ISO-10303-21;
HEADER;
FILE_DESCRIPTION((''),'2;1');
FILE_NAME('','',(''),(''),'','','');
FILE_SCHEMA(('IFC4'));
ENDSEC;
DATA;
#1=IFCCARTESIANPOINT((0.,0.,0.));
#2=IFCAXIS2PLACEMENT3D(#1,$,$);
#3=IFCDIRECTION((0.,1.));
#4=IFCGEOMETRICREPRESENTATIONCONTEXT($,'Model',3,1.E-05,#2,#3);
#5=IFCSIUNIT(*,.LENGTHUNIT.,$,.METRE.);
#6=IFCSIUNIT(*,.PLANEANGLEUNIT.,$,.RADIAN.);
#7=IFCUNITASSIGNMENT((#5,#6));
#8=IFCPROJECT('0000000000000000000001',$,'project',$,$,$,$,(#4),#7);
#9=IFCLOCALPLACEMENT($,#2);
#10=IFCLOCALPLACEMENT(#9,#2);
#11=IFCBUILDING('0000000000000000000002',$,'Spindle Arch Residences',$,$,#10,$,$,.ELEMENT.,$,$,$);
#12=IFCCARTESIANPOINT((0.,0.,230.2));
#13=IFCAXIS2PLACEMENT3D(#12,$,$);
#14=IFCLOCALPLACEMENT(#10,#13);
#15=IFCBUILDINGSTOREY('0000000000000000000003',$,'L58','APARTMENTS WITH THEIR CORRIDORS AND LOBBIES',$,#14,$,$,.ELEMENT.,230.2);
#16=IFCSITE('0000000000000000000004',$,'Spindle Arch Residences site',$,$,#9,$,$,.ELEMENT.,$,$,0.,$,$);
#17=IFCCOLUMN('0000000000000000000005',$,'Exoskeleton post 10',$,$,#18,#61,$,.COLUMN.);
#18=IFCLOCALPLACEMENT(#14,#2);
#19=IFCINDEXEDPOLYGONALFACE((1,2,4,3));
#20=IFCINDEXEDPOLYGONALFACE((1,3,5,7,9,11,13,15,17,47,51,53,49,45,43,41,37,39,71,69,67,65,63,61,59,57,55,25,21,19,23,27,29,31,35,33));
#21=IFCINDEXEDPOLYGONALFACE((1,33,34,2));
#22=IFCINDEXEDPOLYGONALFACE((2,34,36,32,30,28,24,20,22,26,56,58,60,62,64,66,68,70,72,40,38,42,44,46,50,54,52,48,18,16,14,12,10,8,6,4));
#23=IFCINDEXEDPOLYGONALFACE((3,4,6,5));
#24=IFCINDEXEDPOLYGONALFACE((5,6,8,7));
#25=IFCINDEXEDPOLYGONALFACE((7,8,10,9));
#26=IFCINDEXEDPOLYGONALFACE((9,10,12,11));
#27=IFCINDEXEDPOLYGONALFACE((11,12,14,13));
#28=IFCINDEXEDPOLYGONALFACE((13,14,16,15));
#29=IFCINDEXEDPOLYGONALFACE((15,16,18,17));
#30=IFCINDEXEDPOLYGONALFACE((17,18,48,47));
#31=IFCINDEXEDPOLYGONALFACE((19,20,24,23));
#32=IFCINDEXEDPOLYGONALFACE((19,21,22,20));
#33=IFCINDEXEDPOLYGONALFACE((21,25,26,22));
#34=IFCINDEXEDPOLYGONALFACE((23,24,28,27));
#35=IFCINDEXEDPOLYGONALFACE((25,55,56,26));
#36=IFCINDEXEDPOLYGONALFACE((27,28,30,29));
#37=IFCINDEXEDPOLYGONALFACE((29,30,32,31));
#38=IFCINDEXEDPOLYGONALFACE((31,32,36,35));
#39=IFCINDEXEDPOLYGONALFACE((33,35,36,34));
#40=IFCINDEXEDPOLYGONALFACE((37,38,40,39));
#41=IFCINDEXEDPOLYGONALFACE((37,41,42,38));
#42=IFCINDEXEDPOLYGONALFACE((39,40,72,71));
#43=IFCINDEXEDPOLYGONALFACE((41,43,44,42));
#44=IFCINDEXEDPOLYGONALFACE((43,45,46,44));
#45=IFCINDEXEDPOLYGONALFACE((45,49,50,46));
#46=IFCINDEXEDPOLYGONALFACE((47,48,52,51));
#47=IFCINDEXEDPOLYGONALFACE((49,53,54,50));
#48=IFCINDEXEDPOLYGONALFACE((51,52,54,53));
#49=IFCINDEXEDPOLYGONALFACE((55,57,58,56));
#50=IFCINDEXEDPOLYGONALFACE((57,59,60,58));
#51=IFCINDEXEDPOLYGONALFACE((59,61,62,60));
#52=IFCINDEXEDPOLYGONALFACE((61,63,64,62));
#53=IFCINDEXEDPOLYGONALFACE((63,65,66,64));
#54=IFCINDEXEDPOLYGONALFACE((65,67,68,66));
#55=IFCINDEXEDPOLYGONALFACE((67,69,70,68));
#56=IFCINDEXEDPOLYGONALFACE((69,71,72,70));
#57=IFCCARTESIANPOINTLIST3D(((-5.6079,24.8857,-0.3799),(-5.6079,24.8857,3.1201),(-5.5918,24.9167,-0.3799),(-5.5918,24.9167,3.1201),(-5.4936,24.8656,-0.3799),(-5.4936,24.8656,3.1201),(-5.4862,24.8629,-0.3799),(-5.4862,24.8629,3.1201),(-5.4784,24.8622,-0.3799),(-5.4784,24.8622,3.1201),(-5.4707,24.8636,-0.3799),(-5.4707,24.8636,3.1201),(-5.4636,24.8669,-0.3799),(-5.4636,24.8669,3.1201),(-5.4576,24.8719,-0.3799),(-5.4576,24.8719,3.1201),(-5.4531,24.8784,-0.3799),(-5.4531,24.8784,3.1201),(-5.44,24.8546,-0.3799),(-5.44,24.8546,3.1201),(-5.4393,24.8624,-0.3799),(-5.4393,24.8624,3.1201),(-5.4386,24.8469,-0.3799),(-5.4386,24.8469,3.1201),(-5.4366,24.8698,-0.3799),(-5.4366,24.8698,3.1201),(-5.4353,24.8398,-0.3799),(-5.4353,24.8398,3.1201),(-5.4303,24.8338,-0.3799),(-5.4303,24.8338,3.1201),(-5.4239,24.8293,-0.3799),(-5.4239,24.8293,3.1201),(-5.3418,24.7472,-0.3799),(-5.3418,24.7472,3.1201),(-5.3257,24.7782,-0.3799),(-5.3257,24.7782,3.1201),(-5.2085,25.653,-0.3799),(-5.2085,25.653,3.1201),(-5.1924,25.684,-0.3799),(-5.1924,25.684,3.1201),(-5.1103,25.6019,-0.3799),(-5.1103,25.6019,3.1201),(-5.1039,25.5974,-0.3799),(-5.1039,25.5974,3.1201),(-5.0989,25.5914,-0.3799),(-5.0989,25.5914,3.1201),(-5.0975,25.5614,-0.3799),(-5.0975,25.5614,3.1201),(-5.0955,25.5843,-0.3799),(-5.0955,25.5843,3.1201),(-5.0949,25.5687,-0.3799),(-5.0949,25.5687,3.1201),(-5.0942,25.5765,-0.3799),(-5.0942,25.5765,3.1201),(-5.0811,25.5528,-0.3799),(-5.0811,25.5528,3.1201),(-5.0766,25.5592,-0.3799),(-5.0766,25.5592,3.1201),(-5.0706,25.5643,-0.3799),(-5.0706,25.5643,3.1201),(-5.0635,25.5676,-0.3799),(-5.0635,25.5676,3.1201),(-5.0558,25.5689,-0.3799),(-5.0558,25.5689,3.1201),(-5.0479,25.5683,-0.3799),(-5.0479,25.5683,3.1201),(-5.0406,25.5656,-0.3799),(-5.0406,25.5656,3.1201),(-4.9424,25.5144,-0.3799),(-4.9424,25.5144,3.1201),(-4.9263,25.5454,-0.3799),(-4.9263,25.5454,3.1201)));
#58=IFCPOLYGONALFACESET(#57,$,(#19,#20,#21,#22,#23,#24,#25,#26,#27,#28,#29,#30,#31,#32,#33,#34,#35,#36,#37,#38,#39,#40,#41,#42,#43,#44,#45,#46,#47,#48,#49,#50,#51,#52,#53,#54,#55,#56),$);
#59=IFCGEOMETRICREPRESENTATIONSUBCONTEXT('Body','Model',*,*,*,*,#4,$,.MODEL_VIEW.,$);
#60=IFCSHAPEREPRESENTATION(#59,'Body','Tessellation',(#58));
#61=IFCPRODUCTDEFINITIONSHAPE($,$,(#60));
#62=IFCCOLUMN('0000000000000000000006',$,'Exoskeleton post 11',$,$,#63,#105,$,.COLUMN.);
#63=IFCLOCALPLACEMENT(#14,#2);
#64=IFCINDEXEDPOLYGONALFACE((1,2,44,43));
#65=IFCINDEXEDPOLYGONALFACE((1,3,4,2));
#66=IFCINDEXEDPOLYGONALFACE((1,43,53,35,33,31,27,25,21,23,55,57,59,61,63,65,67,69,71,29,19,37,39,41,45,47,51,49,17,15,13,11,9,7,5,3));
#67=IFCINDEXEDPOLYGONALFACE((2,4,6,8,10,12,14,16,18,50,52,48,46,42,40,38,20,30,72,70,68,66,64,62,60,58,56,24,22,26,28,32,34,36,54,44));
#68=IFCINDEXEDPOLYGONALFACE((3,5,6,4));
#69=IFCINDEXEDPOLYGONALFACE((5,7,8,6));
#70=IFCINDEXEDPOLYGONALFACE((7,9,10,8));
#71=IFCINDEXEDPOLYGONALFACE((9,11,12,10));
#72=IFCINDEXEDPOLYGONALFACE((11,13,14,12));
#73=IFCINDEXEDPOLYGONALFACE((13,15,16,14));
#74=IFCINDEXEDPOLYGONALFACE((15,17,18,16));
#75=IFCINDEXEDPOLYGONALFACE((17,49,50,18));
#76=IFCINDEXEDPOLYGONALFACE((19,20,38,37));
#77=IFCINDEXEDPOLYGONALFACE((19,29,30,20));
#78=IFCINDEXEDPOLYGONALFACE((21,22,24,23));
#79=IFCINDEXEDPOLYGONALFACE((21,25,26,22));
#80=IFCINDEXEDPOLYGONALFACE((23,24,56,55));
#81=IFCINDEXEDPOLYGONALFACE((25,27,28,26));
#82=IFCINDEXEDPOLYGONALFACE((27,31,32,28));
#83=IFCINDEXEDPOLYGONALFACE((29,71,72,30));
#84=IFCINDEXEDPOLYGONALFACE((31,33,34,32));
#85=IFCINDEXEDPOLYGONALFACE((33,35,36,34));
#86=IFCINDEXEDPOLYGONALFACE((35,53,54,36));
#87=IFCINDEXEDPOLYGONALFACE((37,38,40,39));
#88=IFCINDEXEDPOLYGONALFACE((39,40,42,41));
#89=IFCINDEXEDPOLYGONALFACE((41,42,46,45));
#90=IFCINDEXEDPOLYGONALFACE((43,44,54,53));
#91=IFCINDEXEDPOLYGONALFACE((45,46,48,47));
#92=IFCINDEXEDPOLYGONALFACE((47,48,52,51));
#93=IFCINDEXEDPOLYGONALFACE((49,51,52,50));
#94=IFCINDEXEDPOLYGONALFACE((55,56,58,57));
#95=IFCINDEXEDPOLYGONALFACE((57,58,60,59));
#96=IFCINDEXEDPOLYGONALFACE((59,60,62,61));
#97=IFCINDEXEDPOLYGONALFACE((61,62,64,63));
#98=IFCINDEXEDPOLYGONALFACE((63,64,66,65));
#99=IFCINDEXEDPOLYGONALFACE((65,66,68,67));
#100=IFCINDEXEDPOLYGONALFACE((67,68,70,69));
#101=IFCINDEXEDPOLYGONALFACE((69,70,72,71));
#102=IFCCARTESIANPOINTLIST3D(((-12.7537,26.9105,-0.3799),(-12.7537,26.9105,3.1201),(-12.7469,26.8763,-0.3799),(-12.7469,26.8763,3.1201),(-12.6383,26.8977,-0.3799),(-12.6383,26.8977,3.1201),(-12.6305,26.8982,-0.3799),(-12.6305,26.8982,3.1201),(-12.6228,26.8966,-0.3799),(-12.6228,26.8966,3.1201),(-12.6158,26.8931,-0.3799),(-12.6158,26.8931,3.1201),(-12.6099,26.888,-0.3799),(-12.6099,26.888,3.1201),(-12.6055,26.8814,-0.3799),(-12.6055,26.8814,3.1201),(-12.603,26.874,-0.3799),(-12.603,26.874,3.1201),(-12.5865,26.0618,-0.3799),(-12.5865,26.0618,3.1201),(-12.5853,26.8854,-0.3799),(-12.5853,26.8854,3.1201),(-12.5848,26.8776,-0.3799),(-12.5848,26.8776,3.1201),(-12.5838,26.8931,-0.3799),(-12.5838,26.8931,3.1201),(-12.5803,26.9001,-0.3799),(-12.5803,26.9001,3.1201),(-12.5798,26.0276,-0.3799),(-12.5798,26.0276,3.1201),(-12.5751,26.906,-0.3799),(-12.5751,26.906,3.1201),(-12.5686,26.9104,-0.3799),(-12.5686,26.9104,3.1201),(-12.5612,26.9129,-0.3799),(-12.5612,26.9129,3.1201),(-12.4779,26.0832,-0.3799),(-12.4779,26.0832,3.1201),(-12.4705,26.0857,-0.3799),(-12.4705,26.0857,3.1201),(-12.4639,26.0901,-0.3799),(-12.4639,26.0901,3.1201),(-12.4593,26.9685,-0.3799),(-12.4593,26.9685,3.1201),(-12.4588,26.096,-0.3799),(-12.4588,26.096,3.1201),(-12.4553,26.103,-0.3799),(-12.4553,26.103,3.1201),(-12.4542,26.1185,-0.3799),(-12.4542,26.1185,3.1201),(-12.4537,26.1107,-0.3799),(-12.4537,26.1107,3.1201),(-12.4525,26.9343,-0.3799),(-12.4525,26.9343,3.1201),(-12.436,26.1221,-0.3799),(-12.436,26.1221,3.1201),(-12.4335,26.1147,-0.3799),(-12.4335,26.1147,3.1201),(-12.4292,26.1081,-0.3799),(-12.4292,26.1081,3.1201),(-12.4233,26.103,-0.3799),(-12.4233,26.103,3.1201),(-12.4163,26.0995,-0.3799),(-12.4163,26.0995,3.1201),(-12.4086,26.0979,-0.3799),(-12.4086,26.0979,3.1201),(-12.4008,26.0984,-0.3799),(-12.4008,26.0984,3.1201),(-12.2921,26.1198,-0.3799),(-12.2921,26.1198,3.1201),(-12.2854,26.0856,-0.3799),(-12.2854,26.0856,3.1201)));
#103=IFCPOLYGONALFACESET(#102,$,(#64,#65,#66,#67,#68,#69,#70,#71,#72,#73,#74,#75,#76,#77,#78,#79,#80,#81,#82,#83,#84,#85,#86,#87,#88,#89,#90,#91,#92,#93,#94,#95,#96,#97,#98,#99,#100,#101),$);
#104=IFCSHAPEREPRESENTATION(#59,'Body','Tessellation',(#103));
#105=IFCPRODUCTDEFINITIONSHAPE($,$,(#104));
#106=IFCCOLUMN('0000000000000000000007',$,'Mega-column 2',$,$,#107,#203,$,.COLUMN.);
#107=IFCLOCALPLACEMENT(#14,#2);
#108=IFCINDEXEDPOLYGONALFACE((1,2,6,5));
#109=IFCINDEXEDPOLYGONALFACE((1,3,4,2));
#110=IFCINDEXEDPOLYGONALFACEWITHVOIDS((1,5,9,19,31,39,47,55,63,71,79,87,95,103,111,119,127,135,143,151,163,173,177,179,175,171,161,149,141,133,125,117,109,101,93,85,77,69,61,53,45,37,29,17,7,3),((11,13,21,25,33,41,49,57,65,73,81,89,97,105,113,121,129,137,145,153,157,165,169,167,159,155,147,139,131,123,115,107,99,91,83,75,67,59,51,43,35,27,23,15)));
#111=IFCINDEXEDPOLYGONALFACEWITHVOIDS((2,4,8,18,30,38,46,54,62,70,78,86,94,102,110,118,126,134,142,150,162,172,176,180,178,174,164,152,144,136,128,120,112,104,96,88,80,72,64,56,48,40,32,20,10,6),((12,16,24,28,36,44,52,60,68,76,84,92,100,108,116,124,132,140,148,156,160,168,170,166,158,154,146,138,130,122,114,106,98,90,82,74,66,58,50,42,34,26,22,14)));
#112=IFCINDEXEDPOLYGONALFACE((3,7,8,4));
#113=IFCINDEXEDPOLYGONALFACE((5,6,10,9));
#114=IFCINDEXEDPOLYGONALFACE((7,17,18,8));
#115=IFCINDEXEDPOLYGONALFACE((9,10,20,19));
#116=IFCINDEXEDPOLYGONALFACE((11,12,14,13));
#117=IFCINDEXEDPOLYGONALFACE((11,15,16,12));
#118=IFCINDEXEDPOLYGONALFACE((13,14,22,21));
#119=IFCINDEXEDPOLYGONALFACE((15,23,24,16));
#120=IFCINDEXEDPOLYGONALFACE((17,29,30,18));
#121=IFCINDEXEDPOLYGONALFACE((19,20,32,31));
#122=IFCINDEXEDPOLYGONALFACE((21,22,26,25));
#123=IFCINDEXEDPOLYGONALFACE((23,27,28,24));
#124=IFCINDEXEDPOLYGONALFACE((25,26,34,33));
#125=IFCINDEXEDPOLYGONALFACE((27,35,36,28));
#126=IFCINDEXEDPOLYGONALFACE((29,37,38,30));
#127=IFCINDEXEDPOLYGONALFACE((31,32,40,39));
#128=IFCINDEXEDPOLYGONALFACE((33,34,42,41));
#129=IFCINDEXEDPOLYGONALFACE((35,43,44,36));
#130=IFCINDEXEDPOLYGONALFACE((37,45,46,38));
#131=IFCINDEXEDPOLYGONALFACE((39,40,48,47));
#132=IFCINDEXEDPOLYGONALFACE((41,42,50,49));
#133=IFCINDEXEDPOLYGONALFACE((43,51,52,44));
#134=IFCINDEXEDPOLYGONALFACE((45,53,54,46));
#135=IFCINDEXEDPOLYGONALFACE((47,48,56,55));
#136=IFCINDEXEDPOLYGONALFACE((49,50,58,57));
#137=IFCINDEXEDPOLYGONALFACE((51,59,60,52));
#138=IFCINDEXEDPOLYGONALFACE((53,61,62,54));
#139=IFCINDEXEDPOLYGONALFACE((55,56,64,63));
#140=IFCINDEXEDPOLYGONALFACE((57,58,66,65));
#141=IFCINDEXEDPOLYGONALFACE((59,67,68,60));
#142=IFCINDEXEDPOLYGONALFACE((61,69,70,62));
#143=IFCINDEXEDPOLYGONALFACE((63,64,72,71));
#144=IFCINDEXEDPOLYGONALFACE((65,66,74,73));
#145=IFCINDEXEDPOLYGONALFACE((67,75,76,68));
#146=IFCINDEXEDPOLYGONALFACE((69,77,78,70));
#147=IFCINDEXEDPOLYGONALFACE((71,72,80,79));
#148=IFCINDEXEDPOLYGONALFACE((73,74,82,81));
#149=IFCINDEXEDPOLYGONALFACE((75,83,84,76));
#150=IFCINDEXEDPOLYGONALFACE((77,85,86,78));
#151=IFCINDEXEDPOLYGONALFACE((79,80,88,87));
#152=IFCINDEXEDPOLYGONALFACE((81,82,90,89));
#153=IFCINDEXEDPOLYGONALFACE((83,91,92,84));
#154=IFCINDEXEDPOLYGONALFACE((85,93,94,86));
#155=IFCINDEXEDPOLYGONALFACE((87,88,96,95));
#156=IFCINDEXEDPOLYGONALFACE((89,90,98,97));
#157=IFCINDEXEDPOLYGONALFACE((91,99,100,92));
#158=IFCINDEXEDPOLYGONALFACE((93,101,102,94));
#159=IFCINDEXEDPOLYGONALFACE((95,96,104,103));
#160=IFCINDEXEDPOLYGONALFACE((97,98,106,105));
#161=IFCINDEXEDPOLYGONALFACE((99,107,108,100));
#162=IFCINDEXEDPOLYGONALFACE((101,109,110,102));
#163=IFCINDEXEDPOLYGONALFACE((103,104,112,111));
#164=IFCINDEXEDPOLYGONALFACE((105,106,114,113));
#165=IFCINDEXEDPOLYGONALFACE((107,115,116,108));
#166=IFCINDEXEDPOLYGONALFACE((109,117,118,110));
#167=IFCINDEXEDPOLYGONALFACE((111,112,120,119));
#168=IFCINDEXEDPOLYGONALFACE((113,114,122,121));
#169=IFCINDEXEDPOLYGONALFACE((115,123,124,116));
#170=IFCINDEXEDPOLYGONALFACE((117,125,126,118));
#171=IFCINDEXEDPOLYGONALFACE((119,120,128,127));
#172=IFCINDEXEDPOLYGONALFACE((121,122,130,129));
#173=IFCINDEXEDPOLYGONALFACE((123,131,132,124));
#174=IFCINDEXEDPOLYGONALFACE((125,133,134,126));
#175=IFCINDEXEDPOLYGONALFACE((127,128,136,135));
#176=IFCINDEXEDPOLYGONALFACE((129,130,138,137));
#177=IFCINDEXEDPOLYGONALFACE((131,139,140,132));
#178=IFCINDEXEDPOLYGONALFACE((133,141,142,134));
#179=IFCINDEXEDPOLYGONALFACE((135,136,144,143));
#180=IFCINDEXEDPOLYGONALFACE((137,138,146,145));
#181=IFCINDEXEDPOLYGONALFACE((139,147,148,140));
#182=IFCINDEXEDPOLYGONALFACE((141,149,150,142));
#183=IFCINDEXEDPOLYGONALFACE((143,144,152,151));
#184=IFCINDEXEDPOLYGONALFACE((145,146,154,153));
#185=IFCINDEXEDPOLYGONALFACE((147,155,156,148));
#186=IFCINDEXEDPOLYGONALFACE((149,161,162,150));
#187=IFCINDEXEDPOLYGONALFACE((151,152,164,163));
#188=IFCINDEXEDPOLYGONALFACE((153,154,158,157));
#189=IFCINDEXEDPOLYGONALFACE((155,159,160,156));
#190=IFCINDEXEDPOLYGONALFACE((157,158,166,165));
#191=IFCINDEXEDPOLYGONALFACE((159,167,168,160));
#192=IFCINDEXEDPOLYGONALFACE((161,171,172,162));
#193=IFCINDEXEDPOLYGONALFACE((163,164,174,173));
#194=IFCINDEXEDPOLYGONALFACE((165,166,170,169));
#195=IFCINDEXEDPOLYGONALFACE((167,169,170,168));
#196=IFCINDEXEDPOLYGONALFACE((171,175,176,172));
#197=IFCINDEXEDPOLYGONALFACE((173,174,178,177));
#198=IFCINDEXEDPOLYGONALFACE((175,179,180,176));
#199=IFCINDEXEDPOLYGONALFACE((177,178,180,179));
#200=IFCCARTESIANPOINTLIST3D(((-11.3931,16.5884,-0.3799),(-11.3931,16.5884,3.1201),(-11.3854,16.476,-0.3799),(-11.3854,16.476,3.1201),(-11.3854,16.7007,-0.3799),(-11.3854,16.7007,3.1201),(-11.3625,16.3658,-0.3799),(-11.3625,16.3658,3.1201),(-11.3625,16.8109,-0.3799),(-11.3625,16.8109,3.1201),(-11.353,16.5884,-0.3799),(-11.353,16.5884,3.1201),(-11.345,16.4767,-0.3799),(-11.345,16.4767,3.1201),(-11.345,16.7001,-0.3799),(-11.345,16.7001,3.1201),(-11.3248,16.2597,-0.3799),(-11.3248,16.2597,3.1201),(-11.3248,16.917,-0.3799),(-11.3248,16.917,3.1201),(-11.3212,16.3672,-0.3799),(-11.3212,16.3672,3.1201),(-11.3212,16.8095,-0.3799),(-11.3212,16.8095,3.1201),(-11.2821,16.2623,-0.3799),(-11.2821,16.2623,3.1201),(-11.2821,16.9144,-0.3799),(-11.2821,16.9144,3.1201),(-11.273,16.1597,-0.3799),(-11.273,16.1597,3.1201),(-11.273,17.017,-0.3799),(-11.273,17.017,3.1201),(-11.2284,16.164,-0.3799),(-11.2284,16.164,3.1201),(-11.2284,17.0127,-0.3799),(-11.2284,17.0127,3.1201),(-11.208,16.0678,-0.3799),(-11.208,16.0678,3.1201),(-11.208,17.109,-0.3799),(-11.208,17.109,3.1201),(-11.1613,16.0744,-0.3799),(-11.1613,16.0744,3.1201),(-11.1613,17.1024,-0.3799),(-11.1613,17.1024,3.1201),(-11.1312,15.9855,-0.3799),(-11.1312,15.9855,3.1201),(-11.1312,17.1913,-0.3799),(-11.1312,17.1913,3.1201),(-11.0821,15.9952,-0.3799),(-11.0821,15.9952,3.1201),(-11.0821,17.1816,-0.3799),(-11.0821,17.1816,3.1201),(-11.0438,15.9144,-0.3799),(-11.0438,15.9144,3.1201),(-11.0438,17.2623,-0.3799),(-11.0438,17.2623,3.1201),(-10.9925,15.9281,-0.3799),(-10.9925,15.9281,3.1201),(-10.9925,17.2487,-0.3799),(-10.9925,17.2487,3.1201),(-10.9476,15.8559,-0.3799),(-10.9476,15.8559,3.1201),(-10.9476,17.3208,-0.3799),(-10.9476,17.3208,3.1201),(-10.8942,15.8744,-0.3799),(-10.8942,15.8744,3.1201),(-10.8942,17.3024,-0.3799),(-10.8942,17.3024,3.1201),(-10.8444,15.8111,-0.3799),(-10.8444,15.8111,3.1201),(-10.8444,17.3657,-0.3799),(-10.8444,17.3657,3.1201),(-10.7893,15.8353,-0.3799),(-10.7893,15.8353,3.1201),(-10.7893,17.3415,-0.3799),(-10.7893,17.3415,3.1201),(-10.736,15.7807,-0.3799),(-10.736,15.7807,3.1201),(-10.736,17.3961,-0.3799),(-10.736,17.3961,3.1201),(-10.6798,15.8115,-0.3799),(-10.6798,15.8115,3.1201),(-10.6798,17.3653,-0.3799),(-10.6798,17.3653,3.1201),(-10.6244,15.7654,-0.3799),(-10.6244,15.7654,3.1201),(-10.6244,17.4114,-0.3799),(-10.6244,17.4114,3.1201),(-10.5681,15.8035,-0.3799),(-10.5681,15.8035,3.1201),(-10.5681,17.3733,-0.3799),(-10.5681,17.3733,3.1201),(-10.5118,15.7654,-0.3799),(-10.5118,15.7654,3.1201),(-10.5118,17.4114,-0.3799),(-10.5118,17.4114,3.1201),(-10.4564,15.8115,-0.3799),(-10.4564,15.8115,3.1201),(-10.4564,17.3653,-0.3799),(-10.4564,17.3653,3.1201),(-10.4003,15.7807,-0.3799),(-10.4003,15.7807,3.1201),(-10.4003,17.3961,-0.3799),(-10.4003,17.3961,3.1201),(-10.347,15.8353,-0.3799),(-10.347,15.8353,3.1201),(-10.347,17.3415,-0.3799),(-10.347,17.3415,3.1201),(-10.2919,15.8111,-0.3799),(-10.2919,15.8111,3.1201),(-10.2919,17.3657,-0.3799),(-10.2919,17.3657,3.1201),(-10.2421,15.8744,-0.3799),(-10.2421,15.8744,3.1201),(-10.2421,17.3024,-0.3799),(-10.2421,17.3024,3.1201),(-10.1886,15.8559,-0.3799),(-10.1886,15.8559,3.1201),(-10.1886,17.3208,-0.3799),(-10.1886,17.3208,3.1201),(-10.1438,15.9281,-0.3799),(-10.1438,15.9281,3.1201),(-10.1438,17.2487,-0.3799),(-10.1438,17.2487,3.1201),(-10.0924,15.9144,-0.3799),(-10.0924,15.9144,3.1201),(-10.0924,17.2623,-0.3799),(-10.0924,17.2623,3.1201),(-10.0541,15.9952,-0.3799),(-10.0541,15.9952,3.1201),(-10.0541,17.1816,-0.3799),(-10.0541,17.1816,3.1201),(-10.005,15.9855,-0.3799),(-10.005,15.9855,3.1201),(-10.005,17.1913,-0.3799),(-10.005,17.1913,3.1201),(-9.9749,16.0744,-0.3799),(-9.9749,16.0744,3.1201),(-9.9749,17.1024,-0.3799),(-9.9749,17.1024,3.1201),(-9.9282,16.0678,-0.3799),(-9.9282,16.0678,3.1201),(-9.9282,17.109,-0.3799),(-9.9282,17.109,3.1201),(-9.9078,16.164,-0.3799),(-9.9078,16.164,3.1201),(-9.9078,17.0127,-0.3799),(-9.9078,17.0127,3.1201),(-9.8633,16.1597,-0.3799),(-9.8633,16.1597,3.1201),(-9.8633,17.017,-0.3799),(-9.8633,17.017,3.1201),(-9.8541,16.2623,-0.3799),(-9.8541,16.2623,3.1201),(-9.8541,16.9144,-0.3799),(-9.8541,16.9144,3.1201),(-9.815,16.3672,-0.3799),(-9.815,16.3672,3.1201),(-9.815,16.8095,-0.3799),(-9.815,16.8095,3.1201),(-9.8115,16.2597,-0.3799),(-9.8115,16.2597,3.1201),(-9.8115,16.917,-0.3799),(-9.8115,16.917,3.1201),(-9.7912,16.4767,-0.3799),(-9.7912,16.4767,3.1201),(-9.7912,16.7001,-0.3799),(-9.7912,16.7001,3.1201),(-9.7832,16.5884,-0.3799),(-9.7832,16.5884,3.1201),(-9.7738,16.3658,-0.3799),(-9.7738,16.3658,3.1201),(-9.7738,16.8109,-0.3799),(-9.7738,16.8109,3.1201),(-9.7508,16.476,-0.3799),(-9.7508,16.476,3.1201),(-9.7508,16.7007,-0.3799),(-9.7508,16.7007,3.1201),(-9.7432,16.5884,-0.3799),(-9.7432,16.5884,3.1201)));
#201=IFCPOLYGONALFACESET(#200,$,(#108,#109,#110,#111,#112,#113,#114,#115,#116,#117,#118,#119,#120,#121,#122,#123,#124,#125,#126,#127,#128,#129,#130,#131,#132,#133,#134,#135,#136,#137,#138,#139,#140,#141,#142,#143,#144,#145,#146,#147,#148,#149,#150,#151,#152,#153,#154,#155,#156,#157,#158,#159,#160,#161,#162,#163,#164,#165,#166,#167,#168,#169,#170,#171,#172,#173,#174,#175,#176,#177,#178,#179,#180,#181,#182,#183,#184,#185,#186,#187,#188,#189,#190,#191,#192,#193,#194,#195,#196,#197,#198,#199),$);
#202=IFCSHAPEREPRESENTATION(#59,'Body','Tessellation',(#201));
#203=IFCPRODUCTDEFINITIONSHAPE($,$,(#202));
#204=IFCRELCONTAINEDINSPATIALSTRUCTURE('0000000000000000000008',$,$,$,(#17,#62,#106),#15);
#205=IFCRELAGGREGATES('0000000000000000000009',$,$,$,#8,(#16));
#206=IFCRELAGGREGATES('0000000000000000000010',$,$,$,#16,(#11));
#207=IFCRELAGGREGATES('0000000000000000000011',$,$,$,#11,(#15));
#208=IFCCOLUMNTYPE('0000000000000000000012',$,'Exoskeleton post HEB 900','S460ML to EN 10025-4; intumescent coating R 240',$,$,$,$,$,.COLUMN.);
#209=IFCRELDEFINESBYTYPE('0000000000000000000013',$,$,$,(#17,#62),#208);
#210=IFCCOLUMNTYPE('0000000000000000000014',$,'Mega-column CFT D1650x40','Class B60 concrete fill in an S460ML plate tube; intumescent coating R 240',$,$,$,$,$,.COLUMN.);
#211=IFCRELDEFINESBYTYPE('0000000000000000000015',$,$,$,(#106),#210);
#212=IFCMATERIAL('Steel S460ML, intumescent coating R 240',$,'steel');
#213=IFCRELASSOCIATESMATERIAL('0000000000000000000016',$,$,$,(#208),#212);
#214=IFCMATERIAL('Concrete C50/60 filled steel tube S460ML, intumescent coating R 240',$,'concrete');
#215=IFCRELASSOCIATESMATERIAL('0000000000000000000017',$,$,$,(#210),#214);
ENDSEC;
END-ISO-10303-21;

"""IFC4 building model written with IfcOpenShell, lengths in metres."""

from ifc_helpers import new_model, si_unit, direction, frame, origin, origin_2d, place, context, subcontext, project, spatial, hollow_circle, i_section, extrude, material, material_profile, profile_set, type_object, element, save


model = new_model("IFC4")

# Units and contexts
model_context = context("Model", 3, precision=1e-05, world=origin(), true_north=direction((0.0, 1.0)))
body_context = subcontext(model_context, "Body", "Model", "MODEL_VIEW")
ifc_project = project(units=[si_unit("LENGTHUNIT", "METRE"), si_unit("PLANEANGLEUNIT", "RADIAN")], contexts=[model_context])

# Site, building, storey
site_placement = place(None, origin())
site = spatial("IfcSite", under=ifc_project, at=site_placement, Name="Spindle Arch Residences site", CompositionType="ELEMENT", RefElevation=0.0)
building_placement = place(site_placement, origin())
building = spatial("IfcBuilding", under=site, at=building_placement, Name="Spindle Arch Residences", CompositionType="ELEMENT")
storey_placement = place(building_placement, frame((0.0, 0.0, 230.2)))
storey = spatial("IfcBuildingStorey", under=building, at=storey_placement, Name="L58", Description="APARTMENTS WITH THEIR CORRIDORS AND LOBBIES", CompositionType="ELEMENT", Elevation=230.2)

# Columns
ifc_material_1 = material(Name="Steel S460ML, intumescent coating R 240", Category="steel")
ifc_material_profile_1 = material_profile(ifc_material_1, i_section(OverallWidth=0.3, OverallDepth=0.8999, WebThickness=0.0186, FlangeThickness=0.0349, FilletRadius=0.03, at=origin_2d()), Name="HEB 900")
ifc_profile_set_1 = profile_set([ifc_material_profile_1], Name="Steel S460ML, intumescent coating R 240")
column_type_1 = type_object("IfcColumnType", Name="Exoskeleton post HEB 900", Description="S460ML to EN 10025-4; intumescent coating R 240", PredefinedType="COLUMN", material=ifc_profile_set_1)
for number, where, z_axis, x_axis, name in (
    (1, (-5.2671, 25.2156, -0.3799), (0.0, 0.0, 1.0), (0.887011, -0.461749, 0.0), "Exoskeleton post 10"),
    (2, (-12.5195, 26.498, -0.3799), (0.0, 0.0, 1.0), (0.981153, 0.193233, 0.0), "Exoskeleton post 11"),
):
    element("IfcColumn", number, at=place(storey_placement, frame(where, z_axis=z_axis, x_axis=x_axis)), inside=storey, type_object=column_type_1, Name=name, PredefinedType="COLUMN", context=body_context, shape_type="SweptSolid", body=[
        extrude(i_section(OverallWidth=0.3, OverallDepth=0.8999, WebThickness=0.0186, FlangeThickness=0.0349, FilletRadius=0.03, at=origin_2d()), origin(), (0.0, 0.0, 1.0), 3.5),
    ])
ifc_material_2 = material(Name="Concrete C50/60 filled steel tube S460ML, intumescent coating R 240", Category="concrete")
ifc_material_profile_2 = material_profile(ifc_material_2, hollow_circle(Radius=0.825, WallThickness=0.04, at=origin_2d()), Name="CFT D1650x40")
ifc_profile_set_2 = profile_set([ifc_material_profile_2], Name="Concrete C50/60 filled steel tube S460ML, intumescent coating R 240")
column_type_2 = type_object("IfcColumnType", Name="Mega-column CFT D1650x40", Description="Class B60 concrete fill in an S460ML plate tube; intumescent coating R 240", PredefinedType="COLUMN", material=ifc_profile_set_2)
column_placement = place(storey_placement, frame((-10.5681, 16.5884, -0.3799), z_axis=(0.0, 0.0, 1.0), x_axis=(1.0, 0.0, 0.0)))
element("IfcColumn", 3, at=column_placement, inside=storey, type_object=column_type_2, Name="Mega-column 2", PredefinedType="COLUMN", context=body_context, shape_type="SweptSolid", body=[
    extrude(hollow_circle(Radius=0.825, WallThickness=0.04, at=origin_2d()), origin(), (0.0, 0.0, 1.0), 3.5),
])

save(model, "model.ifc")
